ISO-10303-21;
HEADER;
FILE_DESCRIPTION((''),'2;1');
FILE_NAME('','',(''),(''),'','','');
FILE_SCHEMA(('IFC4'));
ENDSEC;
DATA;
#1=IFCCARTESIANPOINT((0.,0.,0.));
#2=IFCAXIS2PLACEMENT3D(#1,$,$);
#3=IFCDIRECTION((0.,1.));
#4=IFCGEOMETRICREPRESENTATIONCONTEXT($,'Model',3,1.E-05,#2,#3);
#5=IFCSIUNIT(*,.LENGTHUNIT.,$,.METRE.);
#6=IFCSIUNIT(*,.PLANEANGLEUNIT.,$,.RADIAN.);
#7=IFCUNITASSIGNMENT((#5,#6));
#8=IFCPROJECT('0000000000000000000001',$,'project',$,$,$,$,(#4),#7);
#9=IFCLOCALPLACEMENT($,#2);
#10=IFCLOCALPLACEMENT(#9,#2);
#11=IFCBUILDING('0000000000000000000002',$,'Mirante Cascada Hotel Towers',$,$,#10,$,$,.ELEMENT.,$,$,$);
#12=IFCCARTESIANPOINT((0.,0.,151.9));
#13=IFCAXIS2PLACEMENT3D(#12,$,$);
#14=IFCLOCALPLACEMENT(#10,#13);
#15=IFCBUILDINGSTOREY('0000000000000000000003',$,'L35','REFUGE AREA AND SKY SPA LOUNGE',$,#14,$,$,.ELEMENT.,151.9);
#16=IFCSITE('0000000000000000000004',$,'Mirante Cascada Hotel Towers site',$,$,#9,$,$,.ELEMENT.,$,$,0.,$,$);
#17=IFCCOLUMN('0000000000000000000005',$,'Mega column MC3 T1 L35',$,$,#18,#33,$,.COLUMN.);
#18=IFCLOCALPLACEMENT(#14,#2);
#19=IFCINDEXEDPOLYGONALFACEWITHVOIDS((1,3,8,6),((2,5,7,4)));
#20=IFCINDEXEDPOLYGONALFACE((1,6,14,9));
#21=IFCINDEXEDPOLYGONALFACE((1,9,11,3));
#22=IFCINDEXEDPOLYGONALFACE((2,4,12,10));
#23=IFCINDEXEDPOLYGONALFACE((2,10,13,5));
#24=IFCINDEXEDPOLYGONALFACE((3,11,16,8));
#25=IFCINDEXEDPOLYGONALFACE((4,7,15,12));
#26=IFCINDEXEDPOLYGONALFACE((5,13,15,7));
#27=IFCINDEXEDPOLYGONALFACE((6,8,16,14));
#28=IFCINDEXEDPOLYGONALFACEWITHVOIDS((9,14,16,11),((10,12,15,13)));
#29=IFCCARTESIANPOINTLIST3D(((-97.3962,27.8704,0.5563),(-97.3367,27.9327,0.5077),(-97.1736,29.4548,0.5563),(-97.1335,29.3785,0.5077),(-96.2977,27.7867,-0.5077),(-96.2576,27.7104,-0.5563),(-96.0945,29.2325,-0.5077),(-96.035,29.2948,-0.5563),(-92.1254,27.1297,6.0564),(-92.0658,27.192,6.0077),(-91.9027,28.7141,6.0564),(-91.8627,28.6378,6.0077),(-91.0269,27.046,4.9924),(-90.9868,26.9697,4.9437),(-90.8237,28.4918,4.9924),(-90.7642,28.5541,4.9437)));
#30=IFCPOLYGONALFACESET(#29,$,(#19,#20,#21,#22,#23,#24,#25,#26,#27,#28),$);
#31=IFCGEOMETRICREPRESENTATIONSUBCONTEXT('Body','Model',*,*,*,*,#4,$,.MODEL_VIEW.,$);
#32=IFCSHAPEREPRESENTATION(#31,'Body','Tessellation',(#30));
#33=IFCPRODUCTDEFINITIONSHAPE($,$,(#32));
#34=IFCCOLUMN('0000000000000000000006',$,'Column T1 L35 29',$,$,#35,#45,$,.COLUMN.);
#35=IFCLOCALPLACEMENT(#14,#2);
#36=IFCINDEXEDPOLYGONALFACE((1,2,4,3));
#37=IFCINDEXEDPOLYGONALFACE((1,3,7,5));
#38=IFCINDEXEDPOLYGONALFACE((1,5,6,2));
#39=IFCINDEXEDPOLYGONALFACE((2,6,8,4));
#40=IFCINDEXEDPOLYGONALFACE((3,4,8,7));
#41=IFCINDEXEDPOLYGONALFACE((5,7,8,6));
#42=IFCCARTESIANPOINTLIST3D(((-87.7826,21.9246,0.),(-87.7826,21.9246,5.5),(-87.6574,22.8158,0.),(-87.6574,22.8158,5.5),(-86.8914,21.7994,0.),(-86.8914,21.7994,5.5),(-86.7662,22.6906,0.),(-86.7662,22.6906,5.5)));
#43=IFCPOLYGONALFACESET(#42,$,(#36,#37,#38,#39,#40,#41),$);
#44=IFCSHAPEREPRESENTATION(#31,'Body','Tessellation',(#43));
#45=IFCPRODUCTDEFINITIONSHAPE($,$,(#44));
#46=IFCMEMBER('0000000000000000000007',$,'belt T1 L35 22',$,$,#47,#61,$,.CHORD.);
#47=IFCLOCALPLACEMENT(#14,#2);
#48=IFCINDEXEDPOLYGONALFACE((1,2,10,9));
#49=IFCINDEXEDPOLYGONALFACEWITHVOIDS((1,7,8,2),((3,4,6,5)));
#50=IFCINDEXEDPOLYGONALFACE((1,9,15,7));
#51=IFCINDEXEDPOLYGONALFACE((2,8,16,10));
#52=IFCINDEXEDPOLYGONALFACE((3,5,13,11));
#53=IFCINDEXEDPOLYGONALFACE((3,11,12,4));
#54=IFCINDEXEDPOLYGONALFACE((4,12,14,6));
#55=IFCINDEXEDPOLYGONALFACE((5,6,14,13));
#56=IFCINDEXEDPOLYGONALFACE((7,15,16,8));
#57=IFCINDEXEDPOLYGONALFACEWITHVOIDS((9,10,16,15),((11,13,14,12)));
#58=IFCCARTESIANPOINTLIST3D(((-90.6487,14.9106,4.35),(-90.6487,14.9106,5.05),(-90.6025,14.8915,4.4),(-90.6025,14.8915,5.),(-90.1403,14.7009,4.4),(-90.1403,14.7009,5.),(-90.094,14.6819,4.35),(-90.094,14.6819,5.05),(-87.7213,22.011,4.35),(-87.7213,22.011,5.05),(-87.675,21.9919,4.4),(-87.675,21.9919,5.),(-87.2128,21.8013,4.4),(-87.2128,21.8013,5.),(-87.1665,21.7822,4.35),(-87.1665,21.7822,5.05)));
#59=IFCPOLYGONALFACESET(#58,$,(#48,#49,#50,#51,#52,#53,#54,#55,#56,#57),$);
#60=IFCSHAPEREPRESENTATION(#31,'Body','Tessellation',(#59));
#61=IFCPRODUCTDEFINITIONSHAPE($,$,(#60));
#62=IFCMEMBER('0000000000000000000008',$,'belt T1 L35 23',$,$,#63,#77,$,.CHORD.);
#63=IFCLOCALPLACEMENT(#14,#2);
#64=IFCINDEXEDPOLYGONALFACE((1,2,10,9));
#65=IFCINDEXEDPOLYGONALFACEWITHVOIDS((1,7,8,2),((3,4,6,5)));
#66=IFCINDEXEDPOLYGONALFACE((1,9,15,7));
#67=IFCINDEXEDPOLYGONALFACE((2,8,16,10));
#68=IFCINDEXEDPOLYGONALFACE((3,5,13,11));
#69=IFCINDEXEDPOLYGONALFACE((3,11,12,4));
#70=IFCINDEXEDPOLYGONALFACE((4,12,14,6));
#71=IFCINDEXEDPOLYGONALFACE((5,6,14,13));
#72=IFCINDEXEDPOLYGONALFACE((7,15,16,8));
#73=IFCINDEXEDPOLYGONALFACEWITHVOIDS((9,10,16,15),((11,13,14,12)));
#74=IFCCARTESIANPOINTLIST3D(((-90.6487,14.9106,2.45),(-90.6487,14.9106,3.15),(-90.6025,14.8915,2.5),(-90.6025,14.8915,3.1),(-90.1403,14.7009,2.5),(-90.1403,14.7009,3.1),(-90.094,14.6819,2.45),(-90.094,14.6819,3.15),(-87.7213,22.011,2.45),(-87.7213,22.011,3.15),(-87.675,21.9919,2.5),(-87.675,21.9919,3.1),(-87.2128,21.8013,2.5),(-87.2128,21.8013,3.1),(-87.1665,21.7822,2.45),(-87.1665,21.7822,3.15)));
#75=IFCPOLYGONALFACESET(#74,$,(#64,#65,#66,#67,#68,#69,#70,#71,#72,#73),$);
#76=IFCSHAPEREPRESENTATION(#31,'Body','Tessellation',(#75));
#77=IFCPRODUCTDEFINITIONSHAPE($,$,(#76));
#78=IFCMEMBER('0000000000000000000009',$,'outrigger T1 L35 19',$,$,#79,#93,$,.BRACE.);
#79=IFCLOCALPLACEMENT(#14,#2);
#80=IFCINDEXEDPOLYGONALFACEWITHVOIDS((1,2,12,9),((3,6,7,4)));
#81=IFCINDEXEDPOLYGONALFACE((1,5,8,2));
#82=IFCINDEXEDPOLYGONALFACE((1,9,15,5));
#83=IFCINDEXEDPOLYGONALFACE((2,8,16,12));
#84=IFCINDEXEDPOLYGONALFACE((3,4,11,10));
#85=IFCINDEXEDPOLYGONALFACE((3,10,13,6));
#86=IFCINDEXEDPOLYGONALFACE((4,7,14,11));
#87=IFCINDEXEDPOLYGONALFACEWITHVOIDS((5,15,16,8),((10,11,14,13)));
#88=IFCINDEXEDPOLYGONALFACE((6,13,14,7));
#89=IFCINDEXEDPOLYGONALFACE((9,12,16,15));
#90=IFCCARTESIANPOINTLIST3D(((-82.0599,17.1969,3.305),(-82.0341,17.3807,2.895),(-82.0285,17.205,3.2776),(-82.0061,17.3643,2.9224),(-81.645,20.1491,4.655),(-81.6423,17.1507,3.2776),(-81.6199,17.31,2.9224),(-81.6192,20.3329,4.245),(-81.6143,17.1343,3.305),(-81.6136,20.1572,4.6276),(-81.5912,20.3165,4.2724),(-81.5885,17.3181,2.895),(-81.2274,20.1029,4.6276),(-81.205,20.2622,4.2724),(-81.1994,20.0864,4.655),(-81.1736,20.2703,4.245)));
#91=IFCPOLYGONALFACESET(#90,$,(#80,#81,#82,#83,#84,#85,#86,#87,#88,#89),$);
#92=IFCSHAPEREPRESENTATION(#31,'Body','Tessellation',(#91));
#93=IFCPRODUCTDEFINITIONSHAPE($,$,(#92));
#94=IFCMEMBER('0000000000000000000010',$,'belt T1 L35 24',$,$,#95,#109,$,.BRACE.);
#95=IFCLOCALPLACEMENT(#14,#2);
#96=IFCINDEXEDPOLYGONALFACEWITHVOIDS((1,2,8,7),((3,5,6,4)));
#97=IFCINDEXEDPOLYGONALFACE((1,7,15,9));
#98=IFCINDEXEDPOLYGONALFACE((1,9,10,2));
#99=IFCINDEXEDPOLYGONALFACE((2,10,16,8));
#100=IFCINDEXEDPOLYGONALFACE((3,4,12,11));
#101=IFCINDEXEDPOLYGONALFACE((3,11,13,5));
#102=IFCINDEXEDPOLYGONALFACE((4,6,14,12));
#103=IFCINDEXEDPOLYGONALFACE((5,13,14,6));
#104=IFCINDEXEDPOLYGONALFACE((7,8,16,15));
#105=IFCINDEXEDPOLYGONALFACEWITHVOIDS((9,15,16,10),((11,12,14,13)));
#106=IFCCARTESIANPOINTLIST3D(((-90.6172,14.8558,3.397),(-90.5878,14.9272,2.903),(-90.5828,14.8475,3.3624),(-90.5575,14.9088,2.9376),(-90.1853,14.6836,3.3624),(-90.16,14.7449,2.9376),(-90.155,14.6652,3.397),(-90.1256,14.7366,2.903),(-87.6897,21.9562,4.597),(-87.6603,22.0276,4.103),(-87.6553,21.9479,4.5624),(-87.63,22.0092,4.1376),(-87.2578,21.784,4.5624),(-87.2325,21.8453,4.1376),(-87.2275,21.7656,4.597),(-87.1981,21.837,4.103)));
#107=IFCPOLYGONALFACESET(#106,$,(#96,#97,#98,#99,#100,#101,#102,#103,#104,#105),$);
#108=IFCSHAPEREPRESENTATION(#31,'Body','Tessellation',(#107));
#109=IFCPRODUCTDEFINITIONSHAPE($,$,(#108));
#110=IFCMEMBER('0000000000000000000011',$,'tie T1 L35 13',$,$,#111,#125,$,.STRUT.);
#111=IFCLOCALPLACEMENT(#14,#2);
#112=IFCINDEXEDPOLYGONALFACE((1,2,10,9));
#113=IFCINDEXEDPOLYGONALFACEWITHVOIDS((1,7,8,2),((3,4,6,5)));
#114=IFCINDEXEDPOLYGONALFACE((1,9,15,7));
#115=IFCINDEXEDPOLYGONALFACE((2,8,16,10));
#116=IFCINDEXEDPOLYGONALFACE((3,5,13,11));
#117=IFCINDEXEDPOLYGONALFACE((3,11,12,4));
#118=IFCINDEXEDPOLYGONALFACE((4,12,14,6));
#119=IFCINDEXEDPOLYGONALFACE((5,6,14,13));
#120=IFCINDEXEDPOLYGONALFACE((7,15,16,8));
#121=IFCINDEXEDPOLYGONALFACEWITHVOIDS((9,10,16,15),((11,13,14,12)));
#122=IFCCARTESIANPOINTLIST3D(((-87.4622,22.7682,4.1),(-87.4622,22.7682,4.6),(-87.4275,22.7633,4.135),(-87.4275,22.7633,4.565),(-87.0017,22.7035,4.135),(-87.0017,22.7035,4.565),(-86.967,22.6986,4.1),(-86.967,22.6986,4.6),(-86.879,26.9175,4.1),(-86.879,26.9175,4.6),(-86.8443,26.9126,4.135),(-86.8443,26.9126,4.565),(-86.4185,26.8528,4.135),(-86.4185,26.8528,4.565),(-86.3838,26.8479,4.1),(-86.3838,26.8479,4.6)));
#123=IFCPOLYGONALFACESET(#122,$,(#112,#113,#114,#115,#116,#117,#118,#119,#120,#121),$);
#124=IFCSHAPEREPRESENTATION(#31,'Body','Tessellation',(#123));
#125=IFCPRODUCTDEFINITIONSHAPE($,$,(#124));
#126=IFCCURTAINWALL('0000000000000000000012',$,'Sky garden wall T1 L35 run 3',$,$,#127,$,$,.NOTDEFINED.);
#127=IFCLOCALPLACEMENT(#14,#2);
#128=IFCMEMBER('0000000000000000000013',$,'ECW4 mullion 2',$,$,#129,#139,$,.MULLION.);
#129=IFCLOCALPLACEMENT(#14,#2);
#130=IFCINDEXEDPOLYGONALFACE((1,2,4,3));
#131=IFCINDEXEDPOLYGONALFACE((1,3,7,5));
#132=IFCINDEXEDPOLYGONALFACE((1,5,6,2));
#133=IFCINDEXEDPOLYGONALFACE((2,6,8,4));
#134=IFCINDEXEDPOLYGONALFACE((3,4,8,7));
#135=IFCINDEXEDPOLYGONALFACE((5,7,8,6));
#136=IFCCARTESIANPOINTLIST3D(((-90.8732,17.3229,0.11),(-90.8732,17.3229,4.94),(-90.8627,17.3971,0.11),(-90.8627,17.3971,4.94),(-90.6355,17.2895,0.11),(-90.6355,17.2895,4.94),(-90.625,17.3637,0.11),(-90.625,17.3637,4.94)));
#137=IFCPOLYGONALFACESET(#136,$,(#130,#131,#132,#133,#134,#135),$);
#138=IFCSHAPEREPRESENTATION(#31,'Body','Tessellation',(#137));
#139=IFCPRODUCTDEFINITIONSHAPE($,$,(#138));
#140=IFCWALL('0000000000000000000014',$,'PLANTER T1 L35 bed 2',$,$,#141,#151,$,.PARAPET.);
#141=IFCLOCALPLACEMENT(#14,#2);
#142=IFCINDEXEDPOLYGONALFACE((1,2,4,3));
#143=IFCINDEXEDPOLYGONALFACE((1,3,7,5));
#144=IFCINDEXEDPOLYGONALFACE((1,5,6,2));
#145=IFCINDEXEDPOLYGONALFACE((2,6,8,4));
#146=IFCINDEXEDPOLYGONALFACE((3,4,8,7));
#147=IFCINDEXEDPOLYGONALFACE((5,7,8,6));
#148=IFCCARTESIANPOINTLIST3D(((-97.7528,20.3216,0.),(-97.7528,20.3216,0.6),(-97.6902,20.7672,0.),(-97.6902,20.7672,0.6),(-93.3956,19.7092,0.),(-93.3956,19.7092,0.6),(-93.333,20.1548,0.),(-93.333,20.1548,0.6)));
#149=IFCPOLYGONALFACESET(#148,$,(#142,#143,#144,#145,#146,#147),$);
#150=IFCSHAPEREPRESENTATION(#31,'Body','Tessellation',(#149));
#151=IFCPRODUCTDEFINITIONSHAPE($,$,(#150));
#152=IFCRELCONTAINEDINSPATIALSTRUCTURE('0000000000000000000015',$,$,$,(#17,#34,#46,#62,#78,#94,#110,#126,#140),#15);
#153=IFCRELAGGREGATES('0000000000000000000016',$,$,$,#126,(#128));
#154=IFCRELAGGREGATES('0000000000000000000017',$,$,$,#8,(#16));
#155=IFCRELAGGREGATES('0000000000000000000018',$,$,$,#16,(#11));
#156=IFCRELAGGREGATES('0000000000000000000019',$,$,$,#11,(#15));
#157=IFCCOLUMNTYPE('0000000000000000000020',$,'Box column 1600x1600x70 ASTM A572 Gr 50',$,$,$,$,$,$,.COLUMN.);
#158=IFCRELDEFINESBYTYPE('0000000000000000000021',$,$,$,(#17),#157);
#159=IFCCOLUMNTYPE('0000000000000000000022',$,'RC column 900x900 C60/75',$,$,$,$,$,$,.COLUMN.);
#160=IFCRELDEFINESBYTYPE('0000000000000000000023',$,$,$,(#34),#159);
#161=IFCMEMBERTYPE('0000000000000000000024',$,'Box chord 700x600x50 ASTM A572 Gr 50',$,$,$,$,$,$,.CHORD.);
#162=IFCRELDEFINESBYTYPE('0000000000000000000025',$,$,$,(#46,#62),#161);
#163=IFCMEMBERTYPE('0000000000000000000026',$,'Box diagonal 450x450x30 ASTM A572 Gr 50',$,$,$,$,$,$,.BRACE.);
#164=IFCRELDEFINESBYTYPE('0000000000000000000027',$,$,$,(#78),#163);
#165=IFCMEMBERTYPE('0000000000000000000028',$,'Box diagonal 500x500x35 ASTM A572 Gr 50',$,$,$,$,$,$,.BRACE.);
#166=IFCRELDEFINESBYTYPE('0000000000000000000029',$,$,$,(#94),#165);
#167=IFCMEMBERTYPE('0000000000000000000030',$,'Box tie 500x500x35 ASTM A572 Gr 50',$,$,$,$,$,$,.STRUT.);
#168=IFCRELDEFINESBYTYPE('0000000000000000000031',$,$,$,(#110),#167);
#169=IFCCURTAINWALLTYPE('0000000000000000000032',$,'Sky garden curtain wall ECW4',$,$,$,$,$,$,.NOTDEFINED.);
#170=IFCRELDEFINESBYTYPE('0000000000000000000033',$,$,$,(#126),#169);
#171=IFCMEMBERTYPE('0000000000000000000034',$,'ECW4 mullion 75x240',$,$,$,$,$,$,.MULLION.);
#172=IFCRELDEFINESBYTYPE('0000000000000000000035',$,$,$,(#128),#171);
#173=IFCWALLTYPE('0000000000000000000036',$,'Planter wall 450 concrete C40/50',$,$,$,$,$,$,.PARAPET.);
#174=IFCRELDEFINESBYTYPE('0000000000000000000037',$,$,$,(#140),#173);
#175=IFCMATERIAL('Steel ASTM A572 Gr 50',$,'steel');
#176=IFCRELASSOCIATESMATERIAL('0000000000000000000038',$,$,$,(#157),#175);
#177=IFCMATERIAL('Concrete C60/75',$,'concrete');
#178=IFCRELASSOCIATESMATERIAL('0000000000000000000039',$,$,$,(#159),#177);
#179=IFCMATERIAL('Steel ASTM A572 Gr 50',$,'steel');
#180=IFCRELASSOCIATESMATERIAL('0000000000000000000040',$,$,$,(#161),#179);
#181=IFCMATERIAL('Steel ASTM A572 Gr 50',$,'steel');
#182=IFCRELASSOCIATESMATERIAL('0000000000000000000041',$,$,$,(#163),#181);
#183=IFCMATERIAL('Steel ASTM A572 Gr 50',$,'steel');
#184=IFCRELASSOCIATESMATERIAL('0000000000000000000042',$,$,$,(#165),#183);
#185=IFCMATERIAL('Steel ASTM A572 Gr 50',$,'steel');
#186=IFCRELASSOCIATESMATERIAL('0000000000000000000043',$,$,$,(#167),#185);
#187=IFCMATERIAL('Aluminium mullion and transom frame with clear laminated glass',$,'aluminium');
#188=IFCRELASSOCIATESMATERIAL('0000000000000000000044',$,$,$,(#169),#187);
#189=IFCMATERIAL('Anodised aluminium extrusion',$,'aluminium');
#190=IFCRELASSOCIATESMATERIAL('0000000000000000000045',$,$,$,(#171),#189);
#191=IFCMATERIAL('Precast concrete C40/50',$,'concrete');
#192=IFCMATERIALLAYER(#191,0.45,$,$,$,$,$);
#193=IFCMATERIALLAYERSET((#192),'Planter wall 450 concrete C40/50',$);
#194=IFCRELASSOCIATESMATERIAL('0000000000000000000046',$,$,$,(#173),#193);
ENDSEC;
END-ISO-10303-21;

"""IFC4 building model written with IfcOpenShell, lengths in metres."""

from ifc_helpers import new_model, si_unit, direction, frame, frame_2d, origin, origin_2d, place, context, subcontext, project, spatial, rectangle, hollow_rectangle, extrude, material, layer, layer_set, material_profile, profile_set, type_object, element, aggregate, save


model = new_model("IFC4")

# Units and contexts
model_context = context("Model", 3, precision=1e-05, world=origin(), true_north=direction((0.0, 1.0)))
body_context = subcontext(model_context, "Body", "Model", "MODEL_VIEW")
ifc_project = project(units=[si_unit("LENGTHUNIT", "METRE"), si_unit("PLANEANGLEUNIT", "RADIAN")], contexts=[model_context])

# Site, building, storey
site_placement = place(None, origin())
site = spatial("IfcSite", under=ifc_project, at=site_placement, Name="Mirante Cascada Hotel Towers site", CompositionType="ELEMENT", RefElevation=0.0)
building_placement = place(site_placement, origin())
building = spatial("IfcBuilding", under=site, at=building_placement, Name="Mirante Cascada Hotel Towers", CompositionType="ELEMENT")
storey_placement = place(building_placement, frame((0.0, 0.0, 151.9)))
storey = spatial("IfcBuildingStorey", under=building, at=storey_placement, Name="L35", Description="REFUGE AREA AND SKY SPA LOUNGE", CompositionType="ELEMENT", Elevation=151.9)

# Columns
ifc_material_1 = material(Name="Steel ASTM A572 Gr 50", Category="steel")
ifc_material_profile_1 = material_profile(ifc_material_1, hollow_rectangle(XDim=1.6, YDim=1.6, WallThickness=0.07, at=origin_2d()), Name="Box column 1600x1600x70 ASTM A572 Gr 50")
ifc_profile_set_1 = profile_set([ifc_material_profile_1], Name="Steel ASTM A572 Gr 50")
column_type_1 = type_object("IfcColumnType", Name="Box column 1600x1600x70 ASTM A572 Gr 50", PredefinedType="COLUMN", material=ifc_profile_set_1)
column_1_placement = place(storey_placement, frame((-96.7156, 28.5826, 0.0), z_axis=(0.688655, -0.096776, 0.718602), x_axis=(0.139162, 0.99027, 0.0)))
element("IfcColumn", 1, at=column_1_placement, inside=storey, type_object=column_type_1, Name="Mega column MC3 T1 L35", PredefinedType="COLUMN", context=body_context, shape_type="SweptSolid", body=[
    extrude(hollow_rectangle(XDim=1.6, YDim=1.6, WallThickness=0.07, at=origin_2d()), origin(), (0.0, 0.0, 1.0), 7.6538),
])
ifc_material_2 = material(Name="Concrete C60/75", Category="concrete")
ifc_material_profile_2 = material_profile(ifc_material_2, rectangle(XDim=0.9, YDim=0.9, at=origin_2d()), Name="RC column 900x900 C60/75")
ifc_profile_set_2 = profile_set([ifc_material_profile_2], Name="Concrete C60/75")
column_type_2 = type_object("IfcColumnType", Name="RC column 900x900 C60/75", PredefinedType="COLUMN", material=ifc_profile_set_2)
column_2_placement = place(storey_placement, frame((-87.2744, 22.3076, 0.0), z_axis=(0.0, 0.0, 1.0), x_axis=(-0.990268, 0.139173, 0.0)))
element("IfcColumn", 2, at=column_2_placement, inside=storey, type_object=column_type_2, Name="Column T1 L35 29", PredefinedType="COLUMN", context=body_context, shape_type="SweptSolid", body=[
    extrude(rectangle(XDim=0.9, YDim=0.9, at=origin_2d()), origin(), (0.0, 0.0, 1.0), 5.5),
])

# Members
ifc_material_3 = material(Name="Steel ASTM A572 Gr 50", Category="steel")
ifc_material_profile_3 = material_profile(ifc_material_3, hollow_rectangle(XDim=0.6, YDim=0.7, WallThickness=0.05, at=origin_2d()), Name="Box chord 700x600x50 ASTM A572 Gr 50")
ifc_profile_set_3 = profile_set([ifc_material_profile_3], Name="Steel ASTM A572 Gr 50")
member_type_1 = type_object("IfcMemberType", Name="Box chord 700x600x50 ASTM A572 Gr 50", PredefinedType="CHORD", material=ifc_profile_set_3)
for number, where, z_axis, x_axis, name in (
    (3, (-87.4439, 21.8966, 4.7), (-0.381173, -0.924504, 0.0), (0.924504, -0.381173, 0.0), "belt T1 L35 22"),
    (4, (-87.4439, 21.8966, 2.8), (-0.381173, -0.924504, 0.0), (0.924504, -0.381173, 0.0), "belt T1 L35 23"),
):
    element("IfcMember", number, at=place(storey_placement, frame(where, z_axis=z_axis, x_axis=x_axis)), inside=storey, type_object=member_type_1, Name=name, PredefinedType="CHORD", context=body_context, shape_type="SweptSolid", body=[
        extrude(hollow_rectangle(XDim=0.6, YDim=0.7, WallThickness=0.05, at=origin_2d()), origin(), (0.0, 0.0, 1.0), 7.6802),
    ])
ifc_material_4 = material(Name="Steel ASTM A572 Gr 50", Category="steel")
ifc_material_profile_4 = material_profile(ifc_material_4, hollow_rectangle(XDim=0.45, YDim=0.45, WallThickness=0.03, at=origin_2d()), Name="Box diagonal 450x450x30 ASTM A572 Gr 50")
ifc_profile_set_4 = profile_set([ifc_material_profile_4], Name="Steel ASTM A572 Gr 50")
member_type_2 = type_object("IfcMemberType", Name="Box diagonal 450x450x30 ASTM A572 Gr 50", PredefinedType="BRACE", material=ifc_profile_set_4)
member_1_placement = place(storey_placement, frame((-81.8242, 17.2575, 3.1), z_axis=(0.126779, 0.902087, 0.412512), x_axis=(-0.990268, 0.139172, 0.0)))
element("IfcMember", 5, at=member_1_placement, inside=storey, type_object=member_type_2, Name="outrigger T1 L35 19", PredefinedType="BRACE", context=body_context, shape_type="SweptSolid", body=[
    extrude(hollow_rectangle(XDim=0.45, YDim=0.45, WallThickness=0.03, at=origin_2d()), origin(), (0.0, 0.0, 1.0), 3.2726),
])
ifc_material_5 = material(Name="Steel ASTM A572 Gr 50", Category="steel")
ifc_material_profile_5 = material_profile(ifc_material_5, hollow_rectangle(XDim=0.5, YDim=0.5, WallThickness=0.035, at=origin_2d()), Name="Box diagonal 500x500x35 ASTM A572 Gr 50")
ifc_profile_set_5 = profile_set([ifc_material_profile_5], Name="Steel ASTM A572 Gr 50")
member_type_3 = type_object("IfcMemberType", Name="Box diagonal 500x500x35 ASTM A572 Gr 50", PredefinedType="BRACE", material=ifc_profile_set_5)
member_2_placement = place(storey_placement, frame((-87.4439, 21.8966, 4.35), z_axis=(-0.376604, -0.913421, -0.154372), x_axis=(0.924504, -0.381173, 0.0)))
element("IfcMember", 6, at=member_2_placement, inside=storey, type_object=member_type_3, Name="belt T1 L35 24", PredefinedType="BRACE", context=body_context, shape_type="SweptSolid", body=[
    extrude(hollow_rectangle(XDim=0.5, YDim=0.5, WallThickness=0.035, at=origin_2d()), origin(), (0.0, 0.0, 1.0), 7.7734),
])
ifc_material_6 = material(Name="Steel ASTM A572 Gr 50", Category="steel")
ifc_material_profile_6 = material_profile(ifc_material_6, hollow_rectangle(XDim=0.5, YDim=0.5, WallThickness=0.035, at=origin_2d()), Name="Box tie 500x500x35 ASTM A572 Gr 50")
ifc_profile_set_6 = profile_set([ifc_material_profile_6], Name="Steel ASTM A572 Gr 50")
member_type_4 = type_object("IfcMemberType", Name="Box tie 500x500x35 ASTM A572 Gr 50", PredefinedType="STRUT", material=ifc_profile_set_6)
member_3_placement = place(storey_placement, frame((-87.2146, 22.7334, 4.35), z_axis=(0.139186, 0.990266, 0.0), x_axis=(-0.990266, 0.139186, 0.0)))
element("IfcMember", 7, at=member_3_placement, inside=storey, type_object=member_type_4, Name="tie T1 L35 13", PredefinedType="STRUT", context=body_context, shape_type="SweptSolid", body=[
    extrude(hollow_rectangle(XDim=0.5, YDim=0.5, WallThickness=0.035, at=origin_2d()), origin(), (0.0, 0.0, 1.0), 4.1901),
])

# Curtain wall, member
ifc_material_7 = material(Name="Aluminium mullion and transom frame with clear laminated glass", Category="aluminium")
curtain_wall_type = type_object("IfcCurtainWallType", Name="Sky garden curtain wall ECW4", PredefinedType="NOTDEFINED", material=ifc_material_7)
curtain_wall_placement = place(storey_placement, origin())
curtain_wall = element("IfcCurtainWall", 8, at=curtain_wall_placement, inside=storey, type_object=curtain_wall_type, Name="Sky garden wall T1 L35 run 3", PredefinedType="NOTDEFINED")
ifc_material_8 = material(Name="Anodised aluminium extrusion", Category="aluminium")
ifc_material_profile_7 = material_profile(ifc_material_8, rectangle(XDim=0.24, YDim=0.075, at=origin_2d()), Name="ECW4 MULLION 75x240")
ifc_profile_set_7 = profile_set([ifc_material_profile_7], Name="Anodised aluminium extrusion")
member_type_5 = type_object("IfcMemberType", Name="ECW4 mullion 75x240", PredefinedType="MULLION", material=ifc_profile_set_7)
member_4_placement = place(storey_placement, frame((-90.7491, 17.3433, 0.11), z_axis=(0.0, 0.0, 1.0), x_axis=(-0.990268, 0.139173, 0.0)))
member_4 = element("IfcMember", 9, at=member_4_placement, type_object=member_type_5, Name="ECW4 mullion 2", PredefinedType="MULLION", context=body_context, shape_type="SweptSolid", body=[
    extrude(rectangle(XDim=0.24, YDim=0.075, at=origin_2d()), origin(), (0.0, 0.0, 1.0), 4.83),
])
aggregate(curtain_wall, [member_4])

# Wall
ifc_material_9 = material(Name="Precast concrete C40/50", Category="concrete")
ifc_layer_1 = layer(ifc_material_9, 0.45)
ifc_layer_set_1 = layer_set([ifc_layer_1], Name="Planter wall 450 concrete C40/50")
wall_type_1 = type_object("IfcWallType", Name="Planter wall 450 concrete C40/50", PredefinedType="PARAPET", material=ifc_layer_set_1)
wall_1_placement = place(storey_placement, frame((-93.3643, 19.932, 0.0), z_axis=(0.0, 0.0, 1.0), x_axis=(-0.990267, 0.139181, 0.0)))
element("IfcWall", 10, at=wall_1_placement, inside=storey, type_object=wall_type_1, Name="PLANTER T1 L35 bed 2", PredefinedType="PARAPET", context=body_context, shape_type="SweptSolid", body=[
    extrude(rectangle(XDim=4.4, YDim=0.45, at=frame_2d((2.2, 0.0))), origin(), (0.0, 0.0, 1.0), 0.6),
])

save(model, "model.ifc")
